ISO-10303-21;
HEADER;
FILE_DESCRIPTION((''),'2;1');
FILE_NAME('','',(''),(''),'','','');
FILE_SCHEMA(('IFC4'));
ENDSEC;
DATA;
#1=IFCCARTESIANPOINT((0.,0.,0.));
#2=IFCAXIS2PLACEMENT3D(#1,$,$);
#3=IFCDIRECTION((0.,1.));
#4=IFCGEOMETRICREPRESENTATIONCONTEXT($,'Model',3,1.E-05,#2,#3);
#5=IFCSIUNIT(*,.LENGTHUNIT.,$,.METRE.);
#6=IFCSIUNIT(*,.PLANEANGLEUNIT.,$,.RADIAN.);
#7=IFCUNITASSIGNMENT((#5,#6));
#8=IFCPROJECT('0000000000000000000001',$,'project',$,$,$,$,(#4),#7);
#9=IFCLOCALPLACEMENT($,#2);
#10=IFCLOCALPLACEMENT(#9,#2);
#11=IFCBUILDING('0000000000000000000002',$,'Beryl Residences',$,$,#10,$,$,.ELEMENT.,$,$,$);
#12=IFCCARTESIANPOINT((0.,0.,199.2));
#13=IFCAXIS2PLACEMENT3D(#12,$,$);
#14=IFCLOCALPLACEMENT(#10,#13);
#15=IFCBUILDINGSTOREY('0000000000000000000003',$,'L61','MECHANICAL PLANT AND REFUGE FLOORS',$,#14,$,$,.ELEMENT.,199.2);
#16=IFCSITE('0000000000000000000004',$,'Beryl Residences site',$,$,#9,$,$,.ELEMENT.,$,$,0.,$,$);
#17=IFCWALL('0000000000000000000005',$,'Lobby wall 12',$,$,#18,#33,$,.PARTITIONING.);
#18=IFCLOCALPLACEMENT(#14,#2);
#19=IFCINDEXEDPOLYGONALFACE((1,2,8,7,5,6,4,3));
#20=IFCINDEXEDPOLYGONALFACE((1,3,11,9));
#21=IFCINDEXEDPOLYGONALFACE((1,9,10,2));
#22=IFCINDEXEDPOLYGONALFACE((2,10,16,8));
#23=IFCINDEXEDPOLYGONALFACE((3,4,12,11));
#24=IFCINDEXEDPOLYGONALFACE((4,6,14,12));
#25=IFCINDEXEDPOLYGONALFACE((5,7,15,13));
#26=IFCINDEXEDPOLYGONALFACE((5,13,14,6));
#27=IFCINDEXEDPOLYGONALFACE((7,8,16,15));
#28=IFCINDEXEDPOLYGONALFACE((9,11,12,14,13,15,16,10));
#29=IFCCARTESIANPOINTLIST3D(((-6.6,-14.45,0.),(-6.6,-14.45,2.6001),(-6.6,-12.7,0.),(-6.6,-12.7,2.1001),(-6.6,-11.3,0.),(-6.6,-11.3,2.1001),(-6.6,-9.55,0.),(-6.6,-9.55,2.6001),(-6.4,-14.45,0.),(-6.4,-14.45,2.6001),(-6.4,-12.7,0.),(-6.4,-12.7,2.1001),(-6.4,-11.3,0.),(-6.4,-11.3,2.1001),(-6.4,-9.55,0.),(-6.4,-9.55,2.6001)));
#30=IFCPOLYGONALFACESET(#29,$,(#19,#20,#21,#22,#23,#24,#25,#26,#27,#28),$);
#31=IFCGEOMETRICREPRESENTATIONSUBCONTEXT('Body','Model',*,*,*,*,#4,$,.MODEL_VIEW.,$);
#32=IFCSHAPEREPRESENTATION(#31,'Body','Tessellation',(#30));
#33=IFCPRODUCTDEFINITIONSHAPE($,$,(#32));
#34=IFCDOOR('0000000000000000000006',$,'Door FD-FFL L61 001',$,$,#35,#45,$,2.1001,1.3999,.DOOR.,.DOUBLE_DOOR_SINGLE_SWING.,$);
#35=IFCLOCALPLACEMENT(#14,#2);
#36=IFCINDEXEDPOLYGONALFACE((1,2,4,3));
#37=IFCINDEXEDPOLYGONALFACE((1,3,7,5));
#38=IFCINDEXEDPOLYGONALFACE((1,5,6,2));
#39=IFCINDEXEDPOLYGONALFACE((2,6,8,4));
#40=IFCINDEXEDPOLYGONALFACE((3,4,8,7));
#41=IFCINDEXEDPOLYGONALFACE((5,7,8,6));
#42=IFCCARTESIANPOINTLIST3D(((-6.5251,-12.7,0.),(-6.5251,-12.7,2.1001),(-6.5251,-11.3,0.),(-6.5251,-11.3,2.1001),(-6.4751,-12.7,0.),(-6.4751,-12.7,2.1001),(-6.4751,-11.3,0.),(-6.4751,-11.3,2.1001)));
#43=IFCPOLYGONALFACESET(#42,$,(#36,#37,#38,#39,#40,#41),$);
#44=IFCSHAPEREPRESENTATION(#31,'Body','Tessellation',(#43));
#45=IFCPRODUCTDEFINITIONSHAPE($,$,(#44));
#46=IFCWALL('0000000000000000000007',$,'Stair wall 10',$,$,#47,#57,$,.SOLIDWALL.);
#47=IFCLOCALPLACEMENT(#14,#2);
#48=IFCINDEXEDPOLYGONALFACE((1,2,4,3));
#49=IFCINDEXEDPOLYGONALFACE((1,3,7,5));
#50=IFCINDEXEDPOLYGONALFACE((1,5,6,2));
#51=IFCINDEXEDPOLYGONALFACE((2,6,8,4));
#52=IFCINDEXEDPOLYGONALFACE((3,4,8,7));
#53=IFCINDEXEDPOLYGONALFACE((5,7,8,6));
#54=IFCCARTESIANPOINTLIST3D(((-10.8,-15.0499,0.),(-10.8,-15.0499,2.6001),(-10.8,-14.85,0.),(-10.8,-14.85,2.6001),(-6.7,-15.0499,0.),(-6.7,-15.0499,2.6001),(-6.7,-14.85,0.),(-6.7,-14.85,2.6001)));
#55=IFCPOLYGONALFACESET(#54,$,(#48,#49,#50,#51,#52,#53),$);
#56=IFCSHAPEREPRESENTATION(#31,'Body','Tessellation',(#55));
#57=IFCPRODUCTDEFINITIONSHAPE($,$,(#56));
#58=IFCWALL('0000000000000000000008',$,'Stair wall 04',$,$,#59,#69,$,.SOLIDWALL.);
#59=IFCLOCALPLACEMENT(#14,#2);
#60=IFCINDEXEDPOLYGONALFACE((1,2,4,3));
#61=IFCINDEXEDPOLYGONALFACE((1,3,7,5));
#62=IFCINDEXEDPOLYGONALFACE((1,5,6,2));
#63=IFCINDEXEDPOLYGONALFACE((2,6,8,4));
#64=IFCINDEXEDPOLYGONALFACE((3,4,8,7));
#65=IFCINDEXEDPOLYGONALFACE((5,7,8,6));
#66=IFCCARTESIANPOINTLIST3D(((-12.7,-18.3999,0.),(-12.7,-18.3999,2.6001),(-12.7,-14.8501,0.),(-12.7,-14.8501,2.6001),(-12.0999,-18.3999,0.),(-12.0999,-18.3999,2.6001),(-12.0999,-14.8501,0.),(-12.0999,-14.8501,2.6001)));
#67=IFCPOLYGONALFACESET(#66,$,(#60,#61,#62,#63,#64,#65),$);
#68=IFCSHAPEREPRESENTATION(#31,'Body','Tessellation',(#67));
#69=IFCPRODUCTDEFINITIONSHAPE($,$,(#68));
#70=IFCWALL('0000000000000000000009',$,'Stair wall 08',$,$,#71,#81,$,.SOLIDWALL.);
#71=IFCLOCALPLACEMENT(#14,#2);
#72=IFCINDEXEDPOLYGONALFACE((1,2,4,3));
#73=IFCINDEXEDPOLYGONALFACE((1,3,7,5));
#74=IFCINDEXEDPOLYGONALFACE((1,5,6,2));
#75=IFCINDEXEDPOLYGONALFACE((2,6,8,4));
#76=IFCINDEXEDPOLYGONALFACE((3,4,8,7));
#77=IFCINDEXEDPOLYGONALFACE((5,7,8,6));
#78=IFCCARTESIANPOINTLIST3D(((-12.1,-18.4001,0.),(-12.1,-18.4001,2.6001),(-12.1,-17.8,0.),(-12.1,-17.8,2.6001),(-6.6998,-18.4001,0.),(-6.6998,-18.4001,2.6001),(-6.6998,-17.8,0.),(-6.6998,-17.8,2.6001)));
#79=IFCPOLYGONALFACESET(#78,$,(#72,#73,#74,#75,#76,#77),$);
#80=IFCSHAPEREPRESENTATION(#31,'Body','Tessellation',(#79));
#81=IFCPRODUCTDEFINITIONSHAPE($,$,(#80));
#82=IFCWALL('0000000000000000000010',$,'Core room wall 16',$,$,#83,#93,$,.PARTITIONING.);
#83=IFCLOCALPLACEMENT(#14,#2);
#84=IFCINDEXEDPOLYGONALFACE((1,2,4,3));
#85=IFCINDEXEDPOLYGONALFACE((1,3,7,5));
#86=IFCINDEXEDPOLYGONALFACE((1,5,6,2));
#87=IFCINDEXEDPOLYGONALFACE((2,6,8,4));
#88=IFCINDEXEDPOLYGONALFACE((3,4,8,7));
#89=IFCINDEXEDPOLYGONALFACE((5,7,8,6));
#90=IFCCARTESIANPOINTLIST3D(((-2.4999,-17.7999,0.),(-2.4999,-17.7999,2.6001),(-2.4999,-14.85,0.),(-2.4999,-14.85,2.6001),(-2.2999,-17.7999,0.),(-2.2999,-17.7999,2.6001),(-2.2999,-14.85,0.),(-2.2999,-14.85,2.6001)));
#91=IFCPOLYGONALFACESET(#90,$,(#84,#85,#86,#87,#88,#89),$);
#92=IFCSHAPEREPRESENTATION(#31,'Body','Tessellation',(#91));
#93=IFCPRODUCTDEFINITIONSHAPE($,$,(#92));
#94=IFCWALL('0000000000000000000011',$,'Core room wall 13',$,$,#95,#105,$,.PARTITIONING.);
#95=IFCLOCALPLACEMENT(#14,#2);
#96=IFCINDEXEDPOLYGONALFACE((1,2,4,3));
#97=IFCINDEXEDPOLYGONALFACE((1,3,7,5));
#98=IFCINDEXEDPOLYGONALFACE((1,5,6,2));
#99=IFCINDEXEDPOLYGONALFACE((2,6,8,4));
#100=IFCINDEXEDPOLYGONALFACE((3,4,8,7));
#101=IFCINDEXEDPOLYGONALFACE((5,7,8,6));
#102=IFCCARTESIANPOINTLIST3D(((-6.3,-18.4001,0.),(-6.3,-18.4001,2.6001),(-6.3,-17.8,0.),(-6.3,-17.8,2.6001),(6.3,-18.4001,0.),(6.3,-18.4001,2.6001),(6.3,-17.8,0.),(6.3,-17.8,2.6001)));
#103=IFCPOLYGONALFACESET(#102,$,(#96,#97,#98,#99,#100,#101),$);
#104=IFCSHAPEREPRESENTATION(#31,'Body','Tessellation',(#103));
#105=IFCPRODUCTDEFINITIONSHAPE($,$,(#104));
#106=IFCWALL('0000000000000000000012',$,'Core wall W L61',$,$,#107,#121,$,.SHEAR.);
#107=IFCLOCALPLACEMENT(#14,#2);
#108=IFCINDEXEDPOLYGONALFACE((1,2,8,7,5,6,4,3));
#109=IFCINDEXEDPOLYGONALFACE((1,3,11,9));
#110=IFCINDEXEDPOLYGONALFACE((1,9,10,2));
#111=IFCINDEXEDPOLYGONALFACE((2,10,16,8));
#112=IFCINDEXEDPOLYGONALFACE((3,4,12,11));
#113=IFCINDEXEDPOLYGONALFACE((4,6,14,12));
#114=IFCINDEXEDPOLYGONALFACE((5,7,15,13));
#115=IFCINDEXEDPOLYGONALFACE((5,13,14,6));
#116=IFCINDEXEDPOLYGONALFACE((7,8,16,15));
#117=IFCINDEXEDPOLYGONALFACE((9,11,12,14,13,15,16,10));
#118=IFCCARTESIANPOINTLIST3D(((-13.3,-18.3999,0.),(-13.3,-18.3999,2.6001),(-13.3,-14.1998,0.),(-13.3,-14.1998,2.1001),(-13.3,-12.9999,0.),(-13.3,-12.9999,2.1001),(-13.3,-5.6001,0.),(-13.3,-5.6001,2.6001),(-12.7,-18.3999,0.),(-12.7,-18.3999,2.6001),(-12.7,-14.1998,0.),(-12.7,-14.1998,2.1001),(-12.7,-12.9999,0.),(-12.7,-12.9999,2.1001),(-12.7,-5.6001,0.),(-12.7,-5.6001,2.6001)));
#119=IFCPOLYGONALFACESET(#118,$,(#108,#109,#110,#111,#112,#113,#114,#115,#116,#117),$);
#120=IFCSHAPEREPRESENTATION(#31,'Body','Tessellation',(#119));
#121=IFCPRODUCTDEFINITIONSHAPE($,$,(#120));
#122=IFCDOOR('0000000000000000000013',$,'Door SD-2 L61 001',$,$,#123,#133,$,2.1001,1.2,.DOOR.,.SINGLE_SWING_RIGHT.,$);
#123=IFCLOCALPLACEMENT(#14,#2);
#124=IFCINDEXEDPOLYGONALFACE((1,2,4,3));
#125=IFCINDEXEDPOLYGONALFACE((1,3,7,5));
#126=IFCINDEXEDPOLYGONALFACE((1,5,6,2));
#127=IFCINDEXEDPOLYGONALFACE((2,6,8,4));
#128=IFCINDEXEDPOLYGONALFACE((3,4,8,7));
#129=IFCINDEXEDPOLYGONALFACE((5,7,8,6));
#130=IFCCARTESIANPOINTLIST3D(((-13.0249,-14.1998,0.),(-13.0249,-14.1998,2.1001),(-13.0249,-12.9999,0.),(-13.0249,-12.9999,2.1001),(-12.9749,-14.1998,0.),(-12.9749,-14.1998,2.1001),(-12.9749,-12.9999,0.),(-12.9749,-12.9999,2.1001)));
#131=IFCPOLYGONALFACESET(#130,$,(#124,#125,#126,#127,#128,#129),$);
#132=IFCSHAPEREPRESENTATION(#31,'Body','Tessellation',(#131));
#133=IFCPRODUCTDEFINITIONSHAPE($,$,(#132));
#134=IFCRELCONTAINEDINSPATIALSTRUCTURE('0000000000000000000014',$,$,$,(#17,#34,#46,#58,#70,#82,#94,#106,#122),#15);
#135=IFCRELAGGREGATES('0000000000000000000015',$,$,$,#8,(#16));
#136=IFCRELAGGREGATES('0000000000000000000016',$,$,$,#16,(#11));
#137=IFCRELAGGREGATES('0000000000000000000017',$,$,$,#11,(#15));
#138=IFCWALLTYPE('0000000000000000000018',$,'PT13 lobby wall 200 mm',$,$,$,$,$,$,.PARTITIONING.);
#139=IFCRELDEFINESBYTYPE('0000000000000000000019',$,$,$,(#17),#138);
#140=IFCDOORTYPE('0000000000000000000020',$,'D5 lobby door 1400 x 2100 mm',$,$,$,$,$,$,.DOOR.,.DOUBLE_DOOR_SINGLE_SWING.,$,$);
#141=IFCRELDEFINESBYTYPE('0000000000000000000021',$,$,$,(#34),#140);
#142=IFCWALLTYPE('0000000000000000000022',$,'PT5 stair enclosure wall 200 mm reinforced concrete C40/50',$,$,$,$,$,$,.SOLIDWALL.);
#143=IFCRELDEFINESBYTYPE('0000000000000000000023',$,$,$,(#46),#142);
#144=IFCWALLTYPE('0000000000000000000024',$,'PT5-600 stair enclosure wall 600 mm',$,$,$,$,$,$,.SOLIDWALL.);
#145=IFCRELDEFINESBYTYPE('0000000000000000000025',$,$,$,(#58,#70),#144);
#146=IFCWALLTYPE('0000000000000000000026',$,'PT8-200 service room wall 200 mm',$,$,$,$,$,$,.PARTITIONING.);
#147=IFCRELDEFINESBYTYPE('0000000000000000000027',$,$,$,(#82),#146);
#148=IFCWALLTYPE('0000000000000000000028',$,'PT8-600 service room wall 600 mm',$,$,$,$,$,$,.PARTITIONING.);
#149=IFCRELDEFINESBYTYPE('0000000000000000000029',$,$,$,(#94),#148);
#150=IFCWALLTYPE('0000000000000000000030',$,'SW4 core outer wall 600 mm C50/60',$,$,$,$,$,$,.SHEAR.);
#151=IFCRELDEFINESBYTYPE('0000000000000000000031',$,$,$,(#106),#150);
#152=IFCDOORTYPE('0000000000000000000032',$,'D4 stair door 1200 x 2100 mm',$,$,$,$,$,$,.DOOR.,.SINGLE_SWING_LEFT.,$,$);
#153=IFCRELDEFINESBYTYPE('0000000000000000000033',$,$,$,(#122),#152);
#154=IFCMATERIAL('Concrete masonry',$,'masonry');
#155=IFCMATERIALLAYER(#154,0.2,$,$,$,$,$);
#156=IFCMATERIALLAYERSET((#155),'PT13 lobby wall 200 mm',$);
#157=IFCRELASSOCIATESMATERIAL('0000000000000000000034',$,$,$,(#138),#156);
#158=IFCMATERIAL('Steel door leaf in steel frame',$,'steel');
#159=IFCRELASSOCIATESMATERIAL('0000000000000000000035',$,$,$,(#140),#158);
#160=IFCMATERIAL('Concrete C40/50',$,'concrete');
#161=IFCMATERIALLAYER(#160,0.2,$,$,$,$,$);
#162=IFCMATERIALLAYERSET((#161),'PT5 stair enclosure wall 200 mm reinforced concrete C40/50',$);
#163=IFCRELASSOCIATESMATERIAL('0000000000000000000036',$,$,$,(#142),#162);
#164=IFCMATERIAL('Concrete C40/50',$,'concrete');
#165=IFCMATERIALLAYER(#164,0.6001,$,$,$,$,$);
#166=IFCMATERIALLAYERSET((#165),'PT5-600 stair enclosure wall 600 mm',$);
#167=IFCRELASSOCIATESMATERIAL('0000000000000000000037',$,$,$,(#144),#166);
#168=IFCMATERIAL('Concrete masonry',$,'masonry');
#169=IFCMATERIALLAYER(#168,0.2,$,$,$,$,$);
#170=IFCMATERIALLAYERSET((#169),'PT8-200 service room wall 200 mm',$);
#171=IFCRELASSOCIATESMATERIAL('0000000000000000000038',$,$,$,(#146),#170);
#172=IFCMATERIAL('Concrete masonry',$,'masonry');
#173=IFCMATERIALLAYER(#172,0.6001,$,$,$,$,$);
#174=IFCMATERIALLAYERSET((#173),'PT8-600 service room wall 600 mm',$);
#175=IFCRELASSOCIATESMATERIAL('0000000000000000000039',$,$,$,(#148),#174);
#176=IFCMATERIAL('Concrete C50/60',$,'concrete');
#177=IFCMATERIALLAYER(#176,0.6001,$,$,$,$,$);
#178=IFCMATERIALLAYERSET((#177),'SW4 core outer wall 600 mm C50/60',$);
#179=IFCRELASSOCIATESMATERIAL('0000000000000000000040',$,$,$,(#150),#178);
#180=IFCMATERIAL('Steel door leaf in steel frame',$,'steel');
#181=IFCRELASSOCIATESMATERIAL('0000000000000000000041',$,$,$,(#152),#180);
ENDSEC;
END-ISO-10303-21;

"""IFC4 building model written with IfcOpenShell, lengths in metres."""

from ifc_helpers import new_model, si_unit, direction, frame, frame_2d, origin, place, context, subcontext, project, spatial, rectangle, extrude, material, layer, layer_set, type_object, element, fill, save


model = new_model("IFC4")

# Units and contexts
model_context = context("Model", 3, precision=1e-05, world=origin(), true_north=direction((0.0, 1.0)))
body_context = subcontext(model_context, "Body", "Model", "MODEL_VIEW")
ifc_project = project(units=[si_unit("LENGTHUNIT", "METRE"), si_unit("PLANEANGLEUNIT", "RADIAN")], contexts=[model_context])

# Site, building, storey
site_placement = place(None, origin())
site = spatial("IfcSite", under=ifc_project, at=site_placement, Name="Beryl Residences site", CompositionType="ELEMENT", RefElevation=0.0)
building_placement = place(site_placement, origin())
building = spatial("IfcBuilding", under=site, at=building_placement, Name="Beryl Residences", CompositionType="ELEMENT")
storey_placement = place(building_placement, frame((0.0, 0.0, 199.2)))
storey = spatial("IfcBuildingStorey", under=building, at=storey_placement, Name="L61", Description="MECHANICAL PLANT AND REFUGE FLOORS", CompositionType="ELEMENT", Elevation=199.2)

# Wall, opening, door
ifc_material_1 = material(Name="Concrete masonry", Category="masonry")
ifc_layer_1 = layer(ifc_material_1, 0.2)
ifc_layer_set_1 = layer_set([ifc_layer_1], Name="PT13 lobby wall 200 mm")
wall_type_1 = type_object("IfcWallType", Name="PT13 lobby wall 200 mm", PredefinedType="PARTITIONING", material=ifc_layer_set_1)
wall_1_placement = place(storey_placement, frame((-6.5, -14.45, 0.0), z_axis=(0.0, 0.0, 1.0), x_axis=(0.0, 1.0, 0.0)))
wall_1 = element("IfcWall", 1, at=wall_1_placement, inside=storey, type_object=wall_type_1, Name="Lobby wall 12", PredefinedType="PARTITIONING", context=body_context, shape_type="SweptSolid", body=[
    extrude(rectangle(XDim=4.8999, YDim=0.2, at=frame_2d((2.45, 0.0))), origin(), (0.0, 0.0, 1.0), 2.6001),
])
opening_1_placement = place(wall_1_placement, frame((3.1499, 0.0, 0.0), z_axis=(0.0, 0.0, 1.0), x_axis=(-1.0, 0.0, 0.0)))
opening_1 = element("IfcOpeningElement", 2, at=opening_1_placement, cuts=wall_1, PredefinedType="OPENING", context=body_context, shape_type="SweptSolid", body=[
    extrude(rectangle(XDim=1.3999, YDim=2.1001, at=frame_2d((0.7, 1.05))), frame((0.0, 0.1099, 0.0), z_axis=(0.0, -1.0, 0.0), x_axis=(1.0, 0.0, 0.0)), (0.0, 0.0, 1.0), 0.22),
])
ifc_material_2 = material(Name="Steel door leaf in steel frame", Category="steel")
door_type_1 = type_object("IfcDoorType", Name="D5 lobby door 1400 x 2100 mm", OperationType="DOUBLE_DOOR_SINGLE_SWING", PredefinedType="DOOR", material=ifc_material_2)
door_1_placement = place(opening_1_placement, origin())
door_1 = element("IfcDoor", 3, at=door_1_placement, inside=storey, type_object=door_type_1, Name="Door FD-FFL L61 001", OperationType="DOUBLE_DOOR_SINGLE_SWING", OverallHeight=2.1001, OverallWidth=1.3999, PredefinedType="DOOR", context=body_context, shape_type="SweptSolid", body=[
    extrude(rectangle(XDim=1.3999, YDim=2.1001, at=frame_2d((0.7, 1.05))), frame((0.0, 0.0249, 0.0), z_axis=(0.0, -1.0, 0.0), x_axis=(1.0, 0.0, 0.0)), (0.0, 0.0, 1.0), 0.05),
])
fill(opening_1, door_1)

# Walls
ifc_material_3 = material(Name="Concrete C40/50", Category="concrete")
ifc_layer_2 = layer(ifc_material_3, 0.2)
ifc_layer_set_2 = layer_set([ifc_layer_2], Name="PT5 stair enclosure wall 200 mm reinforced concrete C40/50")
wall_type_2 = type_object("IfcWallType", Name="PT5 stair enclosure wall 200 mm reinforced concrete C40/50", PredefinedType="SOLIDWALL", material=ifc_layer_set_2)
wall_2_placement = place(storey_placement, frame((-10.8, -14.95, 0.0), z_axis=(0.0, 0.0, 1.0), x_axis=(1.0, 0.0, 0.0)))
element("IfcWall", 4, at=wall_2_placement, inside=storey, type_object=wall_type_2, Name="Stair wall 10", PredefinedType="SOLIDWALL", context=body_context, shape_type="SweptSolid", body=[
    extrude(rectangle(XDim=4.1001, YDim=0.2, at=frame_2d((2.05, 0.0))), origin(), (0.0, 0.0, 1.0), 2.6001),
])
ifc_material_4 = material(Name="Concrete C40/50", Category="concrete")
ifc_layer_3 = layer(ifc_material_4, 0.6001)
ifc_layer_set_3 = layer_set([ifc_layer_3], Name="PT5-600 stair enclosure wall 600 mm")
wall_type_3 = type_object("IfcWallType", Name="PT5-600 stair enclosure wall 600 mm", PredefinedType="SOLIDWALL", material=ifc_layer_set_3)
wall_3_placement = place(storey_placement, frame((-12.3999, -18.3999, 0.0), z_axis=(0.0, 0.0, 1.0), x_axis=(0.0, 1.0, 0.0)))
element("IfcWall", 5, at=wall_3_placement, inside=storey, type_object=wall_type_3, Name="Stair wall 04", PredefinedType="SOLIDWALL", context=body_context, shape_type="SweptSolid", body=[
    extrude(rectangle(XDim=3.5498, YDim=0.6001, at=frame_2d((1.7749, 0.0))), origin(), (0.0, 0.0, 1.0), 2.6001),
])
wall_4_placement = place(storey_placement, frame((-12.1001, -18.1001, 0.0), z_axis=(0.0, 0.0, 1.0), x_axis=(1.0, 0.0, 0.0)))
element("IfcWall", 6, at=wall_4_placement, inside=storey, type_object=wall_type_3, Name="Stair wall 08", PredefinedType="SOLIDWALL", context=body_context, shape_type="SweptSolid", body=[
    extrude(rectangle(XDim=5.4001, YDim=0.6001, at=frame_2d((2.7002, 0.0))), origin(), (0.0, 0.0, 1.0), 2.6001),
])
ifc_material_5 = material(Name="Concrete masonry", Category="masonry")
ifc_layer_4 = layer(ifc_material_5, 0.2)
ifc_layer_set_4 = layer_set([ifc_layer_4], Name="PT8-200 service room wall 200 mm")
wall_type_4 = type_object("IfcWallType", Name="PT8-200 service room wall 200 mm", PredefinedType="PARTITIONING", material=ifc_layer_set_4)
wall_5_placement = place(storey_placement, frame((-2.3999, -17.8, 0.0), z_axis=(0.0, 0.0, 1.0), x_axis=(0.0, 1.0, 0.0)))
element("IfcWall", 7, at=wall_5_placement, inside=storey, type_object=wall_type_4, Name="Core room wall 16", PredefinedType="PARTITIONING", context=body_context, shape_type="SweptSolid", body=[
    extrude(rectangle(XDim=2.95, YDim=0.2, at=frame_2d((1.4751, 0.0))), origin(), (0.0, 0.0, 1.0), 2.6001),
])
ifc_material_6 = material(Name="Concrete masonry", Category="masonry")
ifc_layer_5 = layer(ifc_material_6, 0.6001)
ifc_layer_set_5 = layer_set([ifc_layer_5], Name="PT8-600 service room wall 600 mm")
wall_type_5 = type_object("IfcWallType", Name="PT8-600 service room wall 600 mm", PredefinedType="PARTITIONING", material=ifc_layer_set_5)
wall_6_placement = place(storey_placement, frame((-6.3, -18.1001, 0.0), z_axis=(0.0, 0.0, 1.0), x_axis=(1.0, 0.0, 0.0)))
element("IfcWall", 8, at=wall_6_placement, inside=storey, type_object=wall_type_5, Name="Core room wall 13", PredefinedType="PARTITIONING", context=body_context, shape_type="SweptSolid", body=[
    extrude(rectangle(XDim=12.6001, YDim=0.6001, at=frame_2d((6.3, 0.0))), origin(), (0.0, 0.0, 1.0), 2.6001),
])

# Wall, opening, door
ifc_material_7 = material(Name="Concrete C50/60", Category="concrete")
ifc_layer_6 = layer(ifc_material_7, 0.6001)
ifc_layer_set_6 = layer_set([ifc_layer_6], Name="SW4 core outer wall 600 mm C50/60")
wall_type_6 = type_object("IfcWallType", Name="SW4 core outer wall 600 mm C50/60", PredefinedType="SHEAR", material=ifc_layer_set_6)
wall_7_placement = place(storey_placement, frame((-13.0, -18.3999, 0.0), z_axis=(0.0, 0.0, 1.0), x_axis=(0.0, 1.0, 0.0)))
wall_7 = element("IfcWall", 9, at=wall_7_placement, inside=storey, type_object=wall_type_6, Name="Core wall W L61", PredefinedType="SHEAR", context=body_context, shape_type="SweptSolid", body=[
    extrude(rectangle(XDim=12.7998, YDim=0.6001, at=frame_2d((6.3999, 0.0))), origin(), (0.0, 0.0, 1.0), 2.6001),
])
opening_2_placement = place(wall_7_placement, frame((4.2, 0.0, 0.0)))
opening_2 = element("IfcOpeningElement", 10, at=opening_2_placement, cuts=wall_7, PredefinedType="OPENING", context=body_context, shape_type="SweptSolid", body=[
    extrude(rectangle(XDim=1.2, YDim=2.1001, at=frame_2d((0.6001, 1.05))), frame((0.0, 0.3101, 0.0), z_axis=(0.0, -1.0, 0.0), x_axis=(1.0, 0.0, 0.0)), (0.0, 0.0, 1.0), 0.6201),
])
ifc_material_8 = material(Name="Steel door leaf in steel frame", Category="steel")
door_type_2 = type_object("IfcDoorType", Name="D4 stair door 1200 x 2100 mm", OperationType="SINGLE_SWING_LEFT", PredefinedType="DOOR", material=ifc_material_8)
door_2_placement = place(opening_2_placement, origin())
door_2 = element("IfcDoor", 11, at=door_2_placement, inside=storey, type_object=door_type_2, Name="Door SD-2 L61 001", OperationType="SINGLE_SWING_RIGHT", OverallHeight=2.1001, OverallWidth=1.2, PredefinedType="DOOR", context=body_context, shape_type="SweptSolid", body=[
    extrude(rectangle(XDim=1.2, YDim=2.1001, at=frame_2d((0.6001, 1.05))), frame((0.0, 0.0249, 0.0), z_axis=(0.0, -1.0, 0.0), x_axis=(1.0, 0.0, 0.0)), (0.0, 0.0, 1.0), 0.05),
])
fill(opening_2, door_2)

save(model, "model.ifc")
